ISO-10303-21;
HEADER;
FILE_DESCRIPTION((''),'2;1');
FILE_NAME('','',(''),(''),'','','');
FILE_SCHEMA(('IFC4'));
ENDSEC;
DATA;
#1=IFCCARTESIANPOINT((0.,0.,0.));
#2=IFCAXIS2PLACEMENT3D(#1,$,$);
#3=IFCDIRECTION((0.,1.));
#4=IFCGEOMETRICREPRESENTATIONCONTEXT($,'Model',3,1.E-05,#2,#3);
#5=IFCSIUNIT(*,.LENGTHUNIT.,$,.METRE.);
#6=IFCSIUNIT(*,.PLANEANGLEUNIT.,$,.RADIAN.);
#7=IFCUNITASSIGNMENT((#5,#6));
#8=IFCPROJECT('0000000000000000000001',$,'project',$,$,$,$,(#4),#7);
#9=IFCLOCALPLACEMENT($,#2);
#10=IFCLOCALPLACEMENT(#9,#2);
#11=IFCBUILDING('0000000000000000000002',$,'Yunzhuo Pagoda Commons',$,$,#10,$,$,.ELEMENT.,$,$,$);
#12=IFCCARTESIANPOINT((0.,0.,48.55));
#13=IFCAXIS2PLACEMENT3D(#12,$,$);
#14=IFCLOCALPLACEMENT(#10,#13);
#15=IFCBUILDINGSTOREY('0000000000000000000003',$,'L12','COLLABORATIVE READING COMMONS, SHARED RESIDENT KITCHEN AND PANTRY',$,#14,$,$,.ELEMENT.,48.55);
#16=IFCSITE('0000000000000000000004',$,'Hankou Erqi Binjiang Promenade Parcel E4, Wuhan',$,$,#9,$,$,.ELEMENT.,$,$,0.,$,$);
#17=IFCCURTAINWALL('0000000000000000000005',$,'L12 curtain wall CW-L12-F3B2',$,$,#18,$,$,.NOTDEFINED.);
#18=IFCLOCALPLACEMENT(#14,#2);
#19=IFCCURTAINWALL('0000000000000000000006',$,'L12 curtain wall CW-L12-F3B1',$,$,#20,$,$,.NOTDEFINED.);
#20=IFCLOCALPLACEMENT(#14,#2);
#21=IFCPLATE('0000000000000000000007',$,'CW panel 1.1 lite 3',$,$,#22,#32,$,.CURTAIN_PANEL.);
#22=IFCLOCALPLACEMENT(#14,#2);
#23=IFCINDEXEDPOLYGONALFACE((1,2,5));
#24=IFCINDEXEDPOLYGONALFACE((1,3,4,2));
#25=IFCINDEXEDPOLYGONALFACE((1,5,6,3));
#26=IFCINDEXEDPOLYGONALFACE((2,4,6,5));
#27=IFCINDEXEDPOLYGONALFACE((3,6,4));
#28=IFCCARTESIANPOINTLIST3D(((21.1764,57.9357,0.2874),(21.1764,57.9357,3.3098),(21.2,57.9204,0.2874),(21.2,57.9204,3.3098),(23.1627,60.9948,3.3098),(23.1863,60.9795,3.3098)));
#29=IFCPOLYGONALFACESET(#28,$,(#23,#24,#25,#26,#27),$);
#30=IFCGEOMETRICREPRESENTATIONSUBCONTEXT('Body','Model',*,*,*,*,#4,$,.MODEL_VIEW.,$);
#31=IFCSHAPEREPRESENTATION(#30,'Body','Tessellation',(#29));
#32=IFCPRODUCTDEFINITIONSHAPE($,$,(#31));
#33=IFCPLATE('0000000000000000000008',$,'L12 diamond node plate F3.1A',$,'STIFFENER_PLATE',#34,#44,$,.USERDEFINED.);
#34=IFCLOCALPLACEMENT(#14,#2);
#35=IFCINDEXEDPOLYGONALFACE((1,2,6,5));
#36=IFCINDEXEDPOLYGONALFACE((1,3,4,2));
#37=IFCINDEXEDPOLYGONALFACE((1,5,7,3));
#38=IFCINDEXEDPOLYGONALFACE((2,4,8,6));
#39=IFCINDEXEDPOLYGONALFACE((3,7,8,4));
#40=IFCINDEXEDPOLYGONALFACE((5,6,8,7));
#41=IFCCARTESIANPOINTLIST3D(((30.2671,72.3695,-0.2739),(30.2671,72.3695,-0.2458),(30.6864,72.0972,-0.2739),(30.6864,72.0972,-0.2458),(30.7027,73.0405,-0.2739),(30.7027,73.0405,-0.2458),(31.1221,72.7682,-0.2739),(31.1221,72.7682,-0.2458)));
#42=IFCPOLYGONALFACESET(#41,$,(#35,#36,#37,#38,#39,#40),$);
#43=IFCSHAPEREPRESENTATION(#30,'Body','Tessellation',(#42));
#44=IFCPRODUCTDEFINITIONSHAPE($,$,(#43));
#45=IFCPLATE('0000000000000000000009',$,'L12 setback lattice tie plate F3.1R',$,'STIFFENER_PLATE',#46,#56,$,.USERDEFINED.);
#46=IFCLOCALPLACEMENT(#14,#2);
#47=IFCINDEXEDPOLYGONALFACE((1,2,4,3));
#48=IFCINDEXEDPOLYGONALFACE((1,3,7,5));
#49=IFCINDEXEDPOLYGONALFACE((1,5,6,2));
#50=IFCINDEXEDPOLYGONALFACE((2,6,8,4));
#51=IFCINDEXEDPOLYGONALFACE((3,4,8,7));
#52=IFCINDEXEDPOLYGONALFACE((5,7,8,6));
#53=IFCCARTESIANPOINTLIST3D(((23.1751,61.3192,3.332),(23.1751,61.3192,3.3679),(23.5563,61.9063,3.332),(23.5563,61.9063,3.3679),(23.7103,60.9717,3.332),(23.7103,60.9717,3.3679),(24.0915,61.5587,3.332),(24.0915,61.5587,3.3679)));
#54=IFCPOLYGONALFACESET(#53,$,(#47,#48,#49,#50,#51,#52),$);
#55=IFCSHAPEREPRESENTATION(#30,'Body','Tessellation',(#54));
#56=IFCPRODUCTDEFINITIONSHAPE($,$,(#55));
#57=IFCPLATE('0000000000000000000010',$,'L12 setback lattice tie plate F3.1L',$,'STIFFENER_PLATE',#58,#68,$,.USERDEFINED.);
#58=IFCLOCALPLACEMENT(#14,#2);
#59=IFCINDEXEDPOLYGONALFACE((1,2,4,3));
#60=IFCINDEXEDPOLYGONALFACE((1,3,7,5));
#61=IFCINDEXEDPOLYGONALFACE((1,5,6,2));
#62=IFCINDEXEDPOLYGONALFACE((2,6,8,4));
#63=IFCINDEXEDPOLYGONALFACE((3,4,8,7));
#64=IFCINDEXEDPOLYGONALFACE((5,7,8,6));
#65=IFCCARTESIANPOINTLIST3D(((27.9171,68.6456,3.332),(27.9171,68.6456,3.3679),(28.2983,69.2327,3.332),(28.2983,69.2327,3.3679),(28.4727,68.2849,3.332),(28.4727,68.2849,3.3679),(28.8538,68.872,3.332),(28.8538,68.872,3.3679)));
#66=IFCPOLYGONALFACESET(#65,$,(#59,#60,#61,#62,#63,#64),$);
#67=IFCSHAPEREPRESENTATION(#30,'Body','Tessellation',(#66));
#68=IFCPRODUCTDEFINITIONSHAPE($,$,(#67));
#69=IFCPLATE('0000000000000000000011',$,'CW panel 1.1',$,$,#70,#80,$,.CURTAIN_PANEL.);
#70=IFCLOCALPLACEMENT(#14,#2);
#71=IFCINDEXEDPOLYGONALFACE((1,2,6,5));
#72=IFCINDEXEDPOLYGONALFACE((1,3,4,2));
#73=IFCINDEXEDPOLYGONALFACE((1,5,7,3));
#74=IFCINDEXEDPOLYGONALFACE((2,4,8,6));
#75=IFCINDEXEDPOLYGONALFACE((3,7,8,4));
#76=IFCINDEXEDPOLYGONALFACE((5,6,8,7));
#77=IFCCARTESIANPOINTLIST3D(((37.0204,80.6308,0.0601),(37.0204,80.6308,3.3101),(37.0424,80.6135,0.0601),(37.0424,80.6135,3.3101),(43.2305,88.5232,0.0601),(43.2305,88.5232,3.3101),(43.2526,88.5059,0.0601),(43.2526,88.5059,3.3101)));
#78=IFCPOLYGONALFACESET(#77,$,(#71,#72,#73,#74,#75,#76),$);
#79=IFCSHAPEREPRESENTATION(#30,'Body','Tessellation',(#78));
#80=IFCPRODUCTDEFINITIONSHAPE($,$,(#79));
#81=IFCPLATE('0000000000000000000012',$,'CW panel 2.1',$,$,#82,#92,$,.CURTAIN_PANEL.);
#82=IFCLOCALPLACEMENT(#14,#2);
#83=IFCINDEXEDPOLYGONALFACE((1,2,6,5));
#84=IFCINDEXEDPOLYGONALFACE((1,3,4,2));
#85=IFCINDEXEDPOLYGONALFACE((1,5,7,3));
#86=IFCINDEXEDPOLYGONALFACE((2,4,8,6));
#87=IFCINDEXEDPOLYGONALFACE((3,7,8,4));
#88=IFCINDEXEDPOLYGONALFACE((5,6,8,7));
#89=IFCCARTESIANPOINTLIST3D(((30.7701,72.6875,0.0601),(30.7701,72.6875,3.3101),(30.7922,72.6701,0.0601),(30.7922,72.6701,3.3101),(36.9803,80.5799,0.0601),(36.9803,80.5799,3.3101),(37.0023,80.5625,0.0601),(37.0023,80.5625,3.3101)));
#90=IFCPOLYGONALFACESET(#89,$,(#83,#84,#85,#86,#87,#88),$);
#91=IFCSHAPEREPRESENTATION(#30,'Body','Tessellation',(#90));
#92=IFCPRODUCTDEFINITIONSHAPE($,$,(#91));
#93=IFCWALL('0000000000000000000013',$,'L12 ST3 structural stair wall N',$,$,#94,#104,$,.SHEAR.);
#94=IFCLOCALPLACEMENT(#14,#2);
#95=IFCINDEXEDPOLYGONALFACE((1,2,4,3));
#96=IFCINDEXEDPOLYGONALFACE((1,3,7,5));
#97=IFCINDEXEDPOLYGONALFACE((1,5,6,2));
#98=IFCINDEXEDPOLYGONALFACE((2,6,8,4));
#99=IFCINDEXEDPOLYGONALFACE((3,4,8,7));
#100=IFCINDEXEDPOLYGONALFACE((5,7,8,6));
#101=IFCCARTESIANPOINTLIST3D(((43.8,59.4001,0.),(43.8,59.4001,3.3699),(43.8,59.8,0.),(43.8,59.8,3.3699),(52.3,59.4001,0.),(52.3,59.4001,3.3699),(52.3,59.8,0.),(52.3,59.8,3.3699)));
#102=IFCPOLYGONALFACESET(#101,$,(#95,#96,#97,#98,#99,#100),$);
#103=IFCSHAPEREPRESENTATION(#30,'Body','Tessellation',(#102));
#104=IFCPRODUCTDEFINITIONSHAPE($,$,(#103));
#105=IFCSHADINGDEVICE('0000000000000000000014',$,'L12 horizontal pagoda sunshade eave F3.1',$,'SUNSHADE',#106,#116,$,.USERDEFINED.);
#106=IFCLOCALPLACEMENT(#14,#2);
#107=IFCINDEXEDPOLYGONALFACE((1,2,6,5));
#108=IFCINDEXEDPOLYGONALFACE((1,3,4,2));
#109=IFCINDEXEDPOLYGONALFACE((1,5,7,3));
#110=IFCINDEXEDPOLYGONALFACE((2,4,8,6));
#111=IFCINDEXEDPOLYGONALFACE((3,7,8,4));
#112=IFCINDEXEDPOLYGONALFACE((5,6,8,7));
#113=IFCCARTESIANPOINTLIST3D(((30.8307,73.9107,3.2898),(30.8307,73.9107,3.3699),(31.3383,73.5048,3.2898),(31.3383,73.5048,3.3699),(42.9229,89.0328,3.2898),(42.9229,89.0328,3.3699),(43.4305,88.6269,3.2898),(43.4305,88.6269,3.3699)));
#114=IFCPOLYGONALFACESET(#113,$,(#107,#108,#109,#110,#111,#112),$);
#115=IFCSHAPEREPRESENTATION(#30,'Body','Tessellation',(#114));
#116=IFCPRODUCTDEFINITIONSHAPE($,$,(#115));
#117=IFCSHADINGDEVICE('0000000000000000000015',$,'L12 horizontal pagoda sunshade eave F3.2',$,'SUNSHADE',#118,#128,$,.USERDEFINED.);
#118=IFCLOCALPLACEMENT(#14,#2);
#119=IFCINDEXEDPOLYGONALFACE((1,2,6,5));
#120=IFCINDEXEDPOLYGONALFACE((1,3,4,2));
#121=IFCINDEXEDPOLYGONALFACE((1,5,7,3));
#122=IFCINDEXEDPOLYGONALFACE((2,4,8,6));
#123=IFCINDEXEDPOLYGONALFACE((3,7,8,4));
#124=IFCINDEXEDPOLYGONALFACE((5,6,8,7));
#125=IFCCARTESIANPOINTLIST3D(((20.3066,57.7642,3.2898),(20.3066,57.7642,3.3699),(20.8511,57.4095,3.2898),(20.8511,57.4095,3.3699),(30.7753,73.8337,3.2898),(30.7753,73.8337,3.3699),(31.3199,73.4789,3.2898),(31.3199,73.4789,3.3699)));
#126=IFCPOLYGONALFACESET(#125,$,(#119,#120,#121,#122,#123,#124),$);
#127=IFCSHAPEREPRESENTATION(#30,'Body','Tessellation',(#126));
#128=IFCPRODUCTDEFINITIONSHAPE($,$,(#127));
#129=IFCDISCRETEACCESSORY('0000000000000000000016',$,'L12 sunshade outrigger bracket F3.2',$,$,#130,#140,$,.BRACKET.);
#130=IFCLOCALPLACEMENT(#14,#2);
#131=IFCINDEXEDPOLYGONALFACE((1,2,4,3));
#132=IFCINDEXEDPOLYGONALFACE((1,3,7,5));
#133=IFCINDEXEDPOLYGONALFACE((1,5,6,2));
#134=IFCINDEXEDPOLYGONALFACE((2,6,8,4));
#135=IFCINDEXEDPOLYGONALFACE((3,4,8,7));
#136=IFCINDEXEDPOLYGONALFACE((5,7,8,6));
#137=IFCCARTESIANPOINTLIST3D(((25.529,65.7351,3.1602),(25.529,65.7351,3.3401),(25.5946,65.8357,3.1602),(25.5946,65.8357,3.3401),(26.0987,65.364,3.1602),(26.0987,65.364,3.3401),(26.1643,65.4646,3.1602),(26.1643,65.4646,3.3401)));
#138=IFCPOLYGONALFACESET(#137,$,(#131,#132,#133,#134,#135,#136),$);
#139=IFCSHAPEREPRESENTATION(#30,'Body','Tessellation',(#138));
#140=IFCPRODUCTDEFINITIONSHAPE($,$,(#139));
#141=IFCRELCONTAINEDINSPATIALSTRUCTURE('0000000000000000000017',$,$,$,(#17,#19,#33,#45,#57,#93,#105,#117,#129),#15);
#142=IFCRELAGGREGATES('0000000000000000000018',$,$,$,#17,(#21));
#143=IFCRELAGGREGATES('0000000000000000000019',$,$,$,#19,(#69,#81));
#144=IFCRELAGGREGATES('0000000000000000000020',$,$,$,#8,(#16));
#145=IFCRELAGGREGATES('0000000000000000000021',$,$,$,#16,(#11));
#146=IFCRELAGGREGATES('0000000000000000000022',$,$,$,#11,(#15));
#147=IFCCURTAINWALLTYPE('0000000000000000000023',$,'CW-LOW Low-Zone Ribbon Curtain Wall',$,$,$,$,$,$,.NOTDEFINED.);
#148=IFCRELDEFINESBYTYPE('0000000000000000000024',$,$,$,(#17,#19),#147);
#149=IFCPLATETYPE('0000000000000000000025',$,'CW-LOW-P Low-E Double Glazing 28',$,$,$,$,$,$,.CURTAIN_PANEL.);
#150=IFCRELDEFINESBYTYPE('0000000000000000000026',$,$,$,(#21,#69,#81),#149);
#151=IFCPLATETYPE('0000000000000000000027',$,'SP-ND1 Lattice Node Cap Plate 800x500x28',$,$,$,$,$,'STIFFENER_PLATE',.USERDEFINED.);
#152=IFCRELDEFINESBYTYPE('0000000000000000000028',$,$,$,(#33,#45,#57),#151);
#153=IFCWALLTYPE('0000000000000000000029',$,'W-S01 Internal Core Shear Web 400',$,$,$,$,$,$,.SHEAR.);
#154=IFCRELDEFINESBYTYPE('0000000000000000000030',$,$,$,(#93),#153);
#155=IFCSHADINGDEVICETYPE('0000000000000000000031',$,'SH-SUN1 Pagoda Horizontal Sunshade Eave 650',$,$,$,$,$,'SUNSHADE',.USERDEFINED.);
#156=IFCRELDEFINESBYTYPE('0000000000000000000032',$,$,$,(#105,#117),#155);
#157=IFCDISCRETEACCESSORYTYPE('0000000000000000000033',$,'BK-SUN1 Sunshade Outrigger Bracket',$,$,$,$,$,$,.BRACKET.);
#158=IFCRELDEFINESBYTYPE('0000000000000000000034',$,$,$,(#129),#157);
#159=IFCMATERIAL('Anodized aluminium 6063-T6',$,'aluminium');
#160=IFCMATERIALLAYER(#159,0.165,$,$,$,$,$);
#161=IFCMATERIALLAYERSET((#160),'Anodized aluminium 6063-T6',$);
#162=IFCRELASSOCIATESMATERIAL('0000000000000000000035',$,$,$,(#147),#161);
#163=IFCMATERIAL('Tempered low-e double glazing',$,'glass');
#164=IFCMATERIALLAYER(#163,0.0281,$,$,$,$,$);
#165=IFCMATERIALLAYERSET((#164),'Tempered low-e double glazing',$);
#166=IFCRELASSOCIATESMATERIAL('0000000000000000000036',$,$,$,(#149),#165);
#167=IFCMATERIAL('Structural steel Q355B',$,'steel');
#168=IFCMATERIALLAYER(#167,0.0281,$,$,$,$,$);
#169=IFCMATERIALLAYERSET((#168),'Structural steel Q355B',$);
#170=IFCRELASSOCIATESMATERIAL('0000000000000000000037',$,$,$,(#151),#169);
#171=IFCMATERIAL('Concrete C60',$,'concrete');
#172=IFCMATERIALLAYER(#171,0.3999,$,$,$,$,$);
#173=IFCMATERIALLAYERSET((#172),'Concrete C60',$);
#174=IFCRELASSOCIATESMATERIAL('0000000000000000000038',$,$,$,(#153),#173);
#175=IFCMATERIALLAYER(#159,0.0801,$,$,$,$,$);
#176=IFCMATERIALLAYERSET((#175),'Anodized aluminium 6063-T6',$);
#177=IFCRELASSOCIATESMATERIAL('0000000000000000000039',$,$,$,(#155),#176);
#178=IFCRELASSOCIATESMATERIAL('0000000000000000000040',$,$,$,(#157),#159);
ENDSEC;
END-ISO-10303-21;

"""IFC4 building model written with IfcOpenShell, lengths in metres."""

from ifc_helpers import new_model, si_unit, direction, frame, frame_2d, origin, origin_2d, place, context, subcontext, project, spatial, polyline, rectangle, outline, extrude, source, transform, mapped, material, layer, layer_set, type_object, element, aggregate, save


model = new_model("IFC4")

# Units and contexts
model_context = context("Model", 3, precision=1e-05, world=origin(), true_north=direction((0.0, 1.0)))
body_context = subcontext(model_context, "Body", "Model", "MODEL_VIEW")
ifc_project = project(units=[si_unit("LENGTHUNIT", "METRE"), si_unit("PLANEANGLEUNIT", "RADIAN")], contexts=[model_context])

# Site, building, storey
site_placement = place(None, origin())
site = spatial("IfcSite", under=ifc_project, at=site_placement, Name="Hankou Erqi Binjiang Promenade Parcel E4, Wuhan", CompositionType="ELEMENT", RefElevation=0.0)
building_placement = place(site_placement, origin())
building = spatial("IfcBuilding", under=site, at=building_placement, Name="Yunzhuo Pagoda Commons", CompositionType="ELEMENT")
storey_placement = place(building_placement, frame((0.0, 0.0, 48.55)))
storey = spatial("IfcBuildingStorey", under=building, at=storey_placement, Name="L12", Description="COLLABORATIVE READING COMMONS, SHARED RESIDENT KITCHEN AND PANTRY", CompositionType="ELEMENT", Elevation=48.55)

# Shared definitions
ifc_material_1 = material(Name="Structural steel Q355B", Category="steel")

# Curtain walls
ifc_material_2 = material(Name="Anodized aluminium 6063-T6", Category="aluminium")
ifc_layer_1 = layer(ifc_material_2, 0.165)
ifc_layer_set_1 = layer_set([ifc_layer_1], Name="Anodized aluminium 6063-T6")
curtain_wall_type = type_object("IfcCurtainWallType", Name="CW-LOW Low-Zone Ribbon Curtain Wall", PredefinedType="NOTDEFINED", material=ifc_layer_set_1)
curtain_wall_1_placement = place(storey_placement, origin())
curtain_wall_1 = element("IfcCurtainWall", 1, at=curtain_wall_1_placement, inside=storey, type_object=curtain_wall_type, Name="L12 curtain wall CW-L12-F3B2", PredefinedType="NOTDEFINED")
curtain_wall_2_placement = place(storey_placement, origin())
curtain_wall_2 = element("IfcCurtainWall", 2, at=curtain_wall_2_placement, inside=storey, type_object=curtain_wall_type, Name="L12 curtain wall CW-L12-F3B1", PredefinedType="NOTDEFINED")

# Plate
ifc_material_3 = material(Name="Tempered low-e double glazing", Category="glass")
ifc_layer_2 = layer(ifc_material_3, 0.0281)
ifc_layer_set_2 = layer_set([ifc_layer_2], Name="Tempered low-e double glazing")
plate_type_1 = type_object("IfcPlateType", Name="CW-LOW-P Low-E Double Glazing 28", PredefinedType="CURTAIN_PANEL", material=ifc_layer_set_2)
plate_1_placement = place(storey_placement, frame((22.1931, 59.45, 1.7986), z_axis=(-0.83871, 0.544579, 0.0), x_axis=(-0.544579, -0.83871, 0.0)))
plate_1 = element("IfcPlate", 3, at=plate_1_placement, type_object=plate_type_1, Name="CW panel 1.1 lite 3", PredefinedType="CURTAIN_PANEL", context=body_context, shape_type="SweptSolid", body=[
    extrude(outline(polyline([(-1.8237, 1.5112), (1.8237, -1.5112), (1.8237, 1.5112), (-1.8237, 1.5112)])), origin(), (0.0, 0.0, 1.0), 0.0281),
])
aggregate(curtain_wall_1, [plate_1])

# Plates
ifc_layer_3 = layer(ifc_material_1, 0.0281)
ifc_layer_set_3 = layer_set([ifc_layer_3], Name="Structural steel Q355B")
plate_type_2 = type_object("IfcPlateType", Name="SP-ND1 Lattice Node Cap Plate 800x500x28", ElementType="STIFFENER_PLATE", PredefinedType="USERDEFINED", material=ifc_layer_set_3)
shared_shape_1 = source(origin(), body_context, "Body", "SweptSolid", [
    extrude(rectangle(XDim=0.8, YDim=0.5, at=origin_2d()), origin(), (0.0, 0.0, 1.0), 0.0281),
])
plate_2_placement = place(storey_placement, frame((30.6946, 72.5688, -0.2739), z_axis=(0.0, 0.0, 1.0), x_axis=(-0.54458, -0.838709, 0.0)))
element("IfcPlate", 4, at=plate_2_placement, inside=storey, type_object=plate_type_2, Name="L12 diamond node plate F3.1A", ObjectType="STIFFENER_PLATE", PredefinedType="USERDEFINED", context=body_context, shape_type="MappedRepresentation", body=[
    mapped(shared_shape_1, transform((0.0, 0.0, 0.0), scale=1.0)),
])
shared_shape_2 = source(origin(), body_context, "Body", "SweptSolid", [
    extrude(rectangle(XDim=0.7, YDim=0.6382, at=origin_2d()), origin(), (0.0, 0.0, 1.0), 0.0359),
])
plate_3_placement = place(storey_placement, frame((23.6333, 61.439, 3.332), z_axis=(0.0, 0.0, 1.0), x_axis=(-0.54458, -0.838709, 0.0)))
element("IfcPlate", 5, at=plate_3_placement, inside=storey, type_object=plate_type_2, Name="L12 setback lattice tie plate F3.1R", ObjectType="STIFFENER_PLATE", PredefinedType="USERDEFINED", context=body_context, shape_type="MappedRepresentation", body=[
    mapped(shared_shape_2, transform((0.0, 0.0, 0.0), scale=1.0)),
])
shared_shape_3 = source(origin(), body_context, "Body", "SweptSolid", [
    extrude(rectangle(XDim=0.7, YDim=0.6624, at=origin_2d()), origin(), (0.0, 0.0, 1.0), 0.0359),
])
plate_4_placement = place(storey_placement, frame((28.3855, 68.7588, 3.332), z_axis=(0.0, 0.0, 1.0), x_axis=(-0.54458, -0.838709, 0.0)))
element("IfcPlate", 6, at=plate_4_placement, inside=storey, type_object=plate_type_2, Name="L12 setback lattice tie plate F3.1L", ObjectType="STIFFENER_PLATE", PredefinedType="USERDEFINED", context=body_context, shape_type="MappedRepresentation", body=[
    mapped(shared_shape_3, transform((0.0, 0.0, 0.0), scale=1.0)),
])

# Plates
shared_shape_4 = source(origin(), body_context, "Body", "SweptSolid", [
    extrude(rectangle(XDim=10.0427, YDim=0.0281, at=origin_2d()), origin(), (0.0, 0.0, 1.0), 3.25),
])
plate_5_placement = place(storey_placement, frame((40.1365, 84.5684, 0.0601), z_axis=(0.0, 0.0, 1.0), x_axis=(-0.618375, -0.785883, 0.0)))
plate_5 = element("IfcPlate", 7, at=plate_5_placement, type_object=plate_type_1, Name="CW panel 1.1", PredefinedType="CURTAIN_PANEL", context=body_context, shape_type="MappedRepresentation", body=[
    mapped(shared_shape_4, transform((0.0, 0.0, 0.0), scale=1.0)),
])
plate_6_placement = place(storey_placement, frame((33.8862, 76.625, 0.0601), z_axis=(0.0, 0.0, 1.0), x_axis=(-0.618375, -0.785883, 0.0)))
plate_6 = element("IfcPlate", 8, at=plate_6_placement, type_object=plate_type_1, Name="CW panel 2.1", PredefinedType="CURTAIN_PANEL", context=body_context, shape_type="MappedRepresentation", body=[
    mapped(shared_shape_4, transform((0.0, 0.0, 0.0), scale=1.0)),
])
aggregate(curtain_wall_2, [plate_5, plate_6])

# Wall
ifc_material_4 = material(Name="Concrete C60", Category="concrete")
ifc_layer_4 = layer(ifc_material_4, 0.3999)
ifc_layer_set_4 = layer_set([ifc_layer_4], Name="Concrete C60")
wall_type = type_object("IfcWallType", Name="W-S01 Internal Core Shear Web 400", PredefinedType="SHEAR", material=ifc_layer_set_4)
wall_placement = place(storey_placement, frame((43.8, 59.6001, 0.0), z_axis=(0.0, 0.0, 1.0), x_axis=(1.0, 0.0, 0.0)))
element("IfcWall", 9, at=wall_placement, inside=storey, type_object=wall_type, Name="L12 ST3 structural stair wall N", PredefinedType="SHEAR", context=body_context, shape_type="SweptSolid", body=[
    extrude(rectangle(XDim=8.5, YDim=0.3999, at=frame_2d((4.25, 0.0))), origin(), (0.0, 0.0, 1.0), 3.3699),
])

# Shading devices
ifc_layer_5 = layer(ifc_material_2, 0.0801)
ifc_layer_set_5 = layer_set([ifc_layer_5], Name="Anodized aluminium 6063-T6")
shading_device_type = type_object("IfcShadingDeviceType", Name="SH-SUN1 Pagoda Horizontal Sunshade Eave 650", ElementType="SUNSHADE", PredefinedType="USERDEFINED", material=ifc_layer_set_5)
shared_shape_5 = source(origin(), body_context, "Body", "SweptSolid", [
    extrude(rectangle(XDim=19.3623, YDim=0.6499, at=origin_2d()), origin(), (0.0, 0.0, 1.0), 0.0801),
])
shading_device_1_placement = place(storey_placement, frame((37.1306, 81.2688, 3.2898), z_axis=(0.0, 0.0, 1.0), x_axis=(-0.62452, -0.781008, 0.0)))
element("IfcShadingDevice", 10, at=shading_device_1_placement, inside=storey, type_object=shading_device_type, Name="L12 horizontal pagoda sunshade eave F3.1", ObjectType="SUNSHADE", PredefinedType="USERDEFINED", context=body_context, shape_type="MappedRepresentation", body=[
    mapped(shared_shape_5, transform((0.0, 0.0, 0.0), scale=1.0)),
])
shared_shape_6 = source(origin(), body_context, "Body", "SweptSolid", [
    extrude(rectangle(XDim=19.1787, YDim=0.6499, at=origin_2d()), origin(), (0.0, 0.0, 1.0), 0.0801),
])
shading_device_2_placement = place(storey_placement, frame((25.8132, 65.6216, 3.2898), z_axis=(0.0, 0.0, 1.0), x_axis=(-0.545853, -0.837881, 0.0)))
element("IfcShadingDevice", 11, at=shading_device_2_placement, inside=storey, type_object=shading_device_type, Name="L12 horizontal pagoda sunshade eave F3.2", ObjectType="SUNSHADE", PredefinedType="USERDEFINED", context=body_context, shape_type="MappedRepresentation", body=[
    mapped(shared_shape_6, transform((0.0, 0.0, 0.0), scale=1.0)),
])

# Discrete accessory
discrete_accessory_type = type_object("IfcDiscreteAccessoryType", Name="BK-SUN1 Sunshade Outrigger Bracket", PredefinedType="BRACKET", material=ifc_material_2)
shared_shape_7 = source(origin(), body_context, "Body", "SweptSolid", [
    extrude(rectangle(XDim=0.1201, YDim=0.6799, at=origin_2d()), origin(), (0.0, 0.0, 1.0), 0.1799),
])
discrete_accessory_placement = place(storey_placement, frame((25.8467, 65.5999, 3.1602), z_axis=(0.0, 0.0, 1.0), x_axis=(-0.545853, -0.837881, 0.0)))
element("IfcDiscreteAccessory", 12, at=discrete_accessory_placement, inside=storey, type_object=discrete_accessory_type, Name="L12 sunshade outrigger bracket F3.2", PredefinedType="BRACKET", context=body_context, shape_type="MappedRepresentation", body=[
    mapped(shared_shape_7, transform((0.0, 0.0, 0.0), scale=1.0)),
])

save(model, "model.ifc")
